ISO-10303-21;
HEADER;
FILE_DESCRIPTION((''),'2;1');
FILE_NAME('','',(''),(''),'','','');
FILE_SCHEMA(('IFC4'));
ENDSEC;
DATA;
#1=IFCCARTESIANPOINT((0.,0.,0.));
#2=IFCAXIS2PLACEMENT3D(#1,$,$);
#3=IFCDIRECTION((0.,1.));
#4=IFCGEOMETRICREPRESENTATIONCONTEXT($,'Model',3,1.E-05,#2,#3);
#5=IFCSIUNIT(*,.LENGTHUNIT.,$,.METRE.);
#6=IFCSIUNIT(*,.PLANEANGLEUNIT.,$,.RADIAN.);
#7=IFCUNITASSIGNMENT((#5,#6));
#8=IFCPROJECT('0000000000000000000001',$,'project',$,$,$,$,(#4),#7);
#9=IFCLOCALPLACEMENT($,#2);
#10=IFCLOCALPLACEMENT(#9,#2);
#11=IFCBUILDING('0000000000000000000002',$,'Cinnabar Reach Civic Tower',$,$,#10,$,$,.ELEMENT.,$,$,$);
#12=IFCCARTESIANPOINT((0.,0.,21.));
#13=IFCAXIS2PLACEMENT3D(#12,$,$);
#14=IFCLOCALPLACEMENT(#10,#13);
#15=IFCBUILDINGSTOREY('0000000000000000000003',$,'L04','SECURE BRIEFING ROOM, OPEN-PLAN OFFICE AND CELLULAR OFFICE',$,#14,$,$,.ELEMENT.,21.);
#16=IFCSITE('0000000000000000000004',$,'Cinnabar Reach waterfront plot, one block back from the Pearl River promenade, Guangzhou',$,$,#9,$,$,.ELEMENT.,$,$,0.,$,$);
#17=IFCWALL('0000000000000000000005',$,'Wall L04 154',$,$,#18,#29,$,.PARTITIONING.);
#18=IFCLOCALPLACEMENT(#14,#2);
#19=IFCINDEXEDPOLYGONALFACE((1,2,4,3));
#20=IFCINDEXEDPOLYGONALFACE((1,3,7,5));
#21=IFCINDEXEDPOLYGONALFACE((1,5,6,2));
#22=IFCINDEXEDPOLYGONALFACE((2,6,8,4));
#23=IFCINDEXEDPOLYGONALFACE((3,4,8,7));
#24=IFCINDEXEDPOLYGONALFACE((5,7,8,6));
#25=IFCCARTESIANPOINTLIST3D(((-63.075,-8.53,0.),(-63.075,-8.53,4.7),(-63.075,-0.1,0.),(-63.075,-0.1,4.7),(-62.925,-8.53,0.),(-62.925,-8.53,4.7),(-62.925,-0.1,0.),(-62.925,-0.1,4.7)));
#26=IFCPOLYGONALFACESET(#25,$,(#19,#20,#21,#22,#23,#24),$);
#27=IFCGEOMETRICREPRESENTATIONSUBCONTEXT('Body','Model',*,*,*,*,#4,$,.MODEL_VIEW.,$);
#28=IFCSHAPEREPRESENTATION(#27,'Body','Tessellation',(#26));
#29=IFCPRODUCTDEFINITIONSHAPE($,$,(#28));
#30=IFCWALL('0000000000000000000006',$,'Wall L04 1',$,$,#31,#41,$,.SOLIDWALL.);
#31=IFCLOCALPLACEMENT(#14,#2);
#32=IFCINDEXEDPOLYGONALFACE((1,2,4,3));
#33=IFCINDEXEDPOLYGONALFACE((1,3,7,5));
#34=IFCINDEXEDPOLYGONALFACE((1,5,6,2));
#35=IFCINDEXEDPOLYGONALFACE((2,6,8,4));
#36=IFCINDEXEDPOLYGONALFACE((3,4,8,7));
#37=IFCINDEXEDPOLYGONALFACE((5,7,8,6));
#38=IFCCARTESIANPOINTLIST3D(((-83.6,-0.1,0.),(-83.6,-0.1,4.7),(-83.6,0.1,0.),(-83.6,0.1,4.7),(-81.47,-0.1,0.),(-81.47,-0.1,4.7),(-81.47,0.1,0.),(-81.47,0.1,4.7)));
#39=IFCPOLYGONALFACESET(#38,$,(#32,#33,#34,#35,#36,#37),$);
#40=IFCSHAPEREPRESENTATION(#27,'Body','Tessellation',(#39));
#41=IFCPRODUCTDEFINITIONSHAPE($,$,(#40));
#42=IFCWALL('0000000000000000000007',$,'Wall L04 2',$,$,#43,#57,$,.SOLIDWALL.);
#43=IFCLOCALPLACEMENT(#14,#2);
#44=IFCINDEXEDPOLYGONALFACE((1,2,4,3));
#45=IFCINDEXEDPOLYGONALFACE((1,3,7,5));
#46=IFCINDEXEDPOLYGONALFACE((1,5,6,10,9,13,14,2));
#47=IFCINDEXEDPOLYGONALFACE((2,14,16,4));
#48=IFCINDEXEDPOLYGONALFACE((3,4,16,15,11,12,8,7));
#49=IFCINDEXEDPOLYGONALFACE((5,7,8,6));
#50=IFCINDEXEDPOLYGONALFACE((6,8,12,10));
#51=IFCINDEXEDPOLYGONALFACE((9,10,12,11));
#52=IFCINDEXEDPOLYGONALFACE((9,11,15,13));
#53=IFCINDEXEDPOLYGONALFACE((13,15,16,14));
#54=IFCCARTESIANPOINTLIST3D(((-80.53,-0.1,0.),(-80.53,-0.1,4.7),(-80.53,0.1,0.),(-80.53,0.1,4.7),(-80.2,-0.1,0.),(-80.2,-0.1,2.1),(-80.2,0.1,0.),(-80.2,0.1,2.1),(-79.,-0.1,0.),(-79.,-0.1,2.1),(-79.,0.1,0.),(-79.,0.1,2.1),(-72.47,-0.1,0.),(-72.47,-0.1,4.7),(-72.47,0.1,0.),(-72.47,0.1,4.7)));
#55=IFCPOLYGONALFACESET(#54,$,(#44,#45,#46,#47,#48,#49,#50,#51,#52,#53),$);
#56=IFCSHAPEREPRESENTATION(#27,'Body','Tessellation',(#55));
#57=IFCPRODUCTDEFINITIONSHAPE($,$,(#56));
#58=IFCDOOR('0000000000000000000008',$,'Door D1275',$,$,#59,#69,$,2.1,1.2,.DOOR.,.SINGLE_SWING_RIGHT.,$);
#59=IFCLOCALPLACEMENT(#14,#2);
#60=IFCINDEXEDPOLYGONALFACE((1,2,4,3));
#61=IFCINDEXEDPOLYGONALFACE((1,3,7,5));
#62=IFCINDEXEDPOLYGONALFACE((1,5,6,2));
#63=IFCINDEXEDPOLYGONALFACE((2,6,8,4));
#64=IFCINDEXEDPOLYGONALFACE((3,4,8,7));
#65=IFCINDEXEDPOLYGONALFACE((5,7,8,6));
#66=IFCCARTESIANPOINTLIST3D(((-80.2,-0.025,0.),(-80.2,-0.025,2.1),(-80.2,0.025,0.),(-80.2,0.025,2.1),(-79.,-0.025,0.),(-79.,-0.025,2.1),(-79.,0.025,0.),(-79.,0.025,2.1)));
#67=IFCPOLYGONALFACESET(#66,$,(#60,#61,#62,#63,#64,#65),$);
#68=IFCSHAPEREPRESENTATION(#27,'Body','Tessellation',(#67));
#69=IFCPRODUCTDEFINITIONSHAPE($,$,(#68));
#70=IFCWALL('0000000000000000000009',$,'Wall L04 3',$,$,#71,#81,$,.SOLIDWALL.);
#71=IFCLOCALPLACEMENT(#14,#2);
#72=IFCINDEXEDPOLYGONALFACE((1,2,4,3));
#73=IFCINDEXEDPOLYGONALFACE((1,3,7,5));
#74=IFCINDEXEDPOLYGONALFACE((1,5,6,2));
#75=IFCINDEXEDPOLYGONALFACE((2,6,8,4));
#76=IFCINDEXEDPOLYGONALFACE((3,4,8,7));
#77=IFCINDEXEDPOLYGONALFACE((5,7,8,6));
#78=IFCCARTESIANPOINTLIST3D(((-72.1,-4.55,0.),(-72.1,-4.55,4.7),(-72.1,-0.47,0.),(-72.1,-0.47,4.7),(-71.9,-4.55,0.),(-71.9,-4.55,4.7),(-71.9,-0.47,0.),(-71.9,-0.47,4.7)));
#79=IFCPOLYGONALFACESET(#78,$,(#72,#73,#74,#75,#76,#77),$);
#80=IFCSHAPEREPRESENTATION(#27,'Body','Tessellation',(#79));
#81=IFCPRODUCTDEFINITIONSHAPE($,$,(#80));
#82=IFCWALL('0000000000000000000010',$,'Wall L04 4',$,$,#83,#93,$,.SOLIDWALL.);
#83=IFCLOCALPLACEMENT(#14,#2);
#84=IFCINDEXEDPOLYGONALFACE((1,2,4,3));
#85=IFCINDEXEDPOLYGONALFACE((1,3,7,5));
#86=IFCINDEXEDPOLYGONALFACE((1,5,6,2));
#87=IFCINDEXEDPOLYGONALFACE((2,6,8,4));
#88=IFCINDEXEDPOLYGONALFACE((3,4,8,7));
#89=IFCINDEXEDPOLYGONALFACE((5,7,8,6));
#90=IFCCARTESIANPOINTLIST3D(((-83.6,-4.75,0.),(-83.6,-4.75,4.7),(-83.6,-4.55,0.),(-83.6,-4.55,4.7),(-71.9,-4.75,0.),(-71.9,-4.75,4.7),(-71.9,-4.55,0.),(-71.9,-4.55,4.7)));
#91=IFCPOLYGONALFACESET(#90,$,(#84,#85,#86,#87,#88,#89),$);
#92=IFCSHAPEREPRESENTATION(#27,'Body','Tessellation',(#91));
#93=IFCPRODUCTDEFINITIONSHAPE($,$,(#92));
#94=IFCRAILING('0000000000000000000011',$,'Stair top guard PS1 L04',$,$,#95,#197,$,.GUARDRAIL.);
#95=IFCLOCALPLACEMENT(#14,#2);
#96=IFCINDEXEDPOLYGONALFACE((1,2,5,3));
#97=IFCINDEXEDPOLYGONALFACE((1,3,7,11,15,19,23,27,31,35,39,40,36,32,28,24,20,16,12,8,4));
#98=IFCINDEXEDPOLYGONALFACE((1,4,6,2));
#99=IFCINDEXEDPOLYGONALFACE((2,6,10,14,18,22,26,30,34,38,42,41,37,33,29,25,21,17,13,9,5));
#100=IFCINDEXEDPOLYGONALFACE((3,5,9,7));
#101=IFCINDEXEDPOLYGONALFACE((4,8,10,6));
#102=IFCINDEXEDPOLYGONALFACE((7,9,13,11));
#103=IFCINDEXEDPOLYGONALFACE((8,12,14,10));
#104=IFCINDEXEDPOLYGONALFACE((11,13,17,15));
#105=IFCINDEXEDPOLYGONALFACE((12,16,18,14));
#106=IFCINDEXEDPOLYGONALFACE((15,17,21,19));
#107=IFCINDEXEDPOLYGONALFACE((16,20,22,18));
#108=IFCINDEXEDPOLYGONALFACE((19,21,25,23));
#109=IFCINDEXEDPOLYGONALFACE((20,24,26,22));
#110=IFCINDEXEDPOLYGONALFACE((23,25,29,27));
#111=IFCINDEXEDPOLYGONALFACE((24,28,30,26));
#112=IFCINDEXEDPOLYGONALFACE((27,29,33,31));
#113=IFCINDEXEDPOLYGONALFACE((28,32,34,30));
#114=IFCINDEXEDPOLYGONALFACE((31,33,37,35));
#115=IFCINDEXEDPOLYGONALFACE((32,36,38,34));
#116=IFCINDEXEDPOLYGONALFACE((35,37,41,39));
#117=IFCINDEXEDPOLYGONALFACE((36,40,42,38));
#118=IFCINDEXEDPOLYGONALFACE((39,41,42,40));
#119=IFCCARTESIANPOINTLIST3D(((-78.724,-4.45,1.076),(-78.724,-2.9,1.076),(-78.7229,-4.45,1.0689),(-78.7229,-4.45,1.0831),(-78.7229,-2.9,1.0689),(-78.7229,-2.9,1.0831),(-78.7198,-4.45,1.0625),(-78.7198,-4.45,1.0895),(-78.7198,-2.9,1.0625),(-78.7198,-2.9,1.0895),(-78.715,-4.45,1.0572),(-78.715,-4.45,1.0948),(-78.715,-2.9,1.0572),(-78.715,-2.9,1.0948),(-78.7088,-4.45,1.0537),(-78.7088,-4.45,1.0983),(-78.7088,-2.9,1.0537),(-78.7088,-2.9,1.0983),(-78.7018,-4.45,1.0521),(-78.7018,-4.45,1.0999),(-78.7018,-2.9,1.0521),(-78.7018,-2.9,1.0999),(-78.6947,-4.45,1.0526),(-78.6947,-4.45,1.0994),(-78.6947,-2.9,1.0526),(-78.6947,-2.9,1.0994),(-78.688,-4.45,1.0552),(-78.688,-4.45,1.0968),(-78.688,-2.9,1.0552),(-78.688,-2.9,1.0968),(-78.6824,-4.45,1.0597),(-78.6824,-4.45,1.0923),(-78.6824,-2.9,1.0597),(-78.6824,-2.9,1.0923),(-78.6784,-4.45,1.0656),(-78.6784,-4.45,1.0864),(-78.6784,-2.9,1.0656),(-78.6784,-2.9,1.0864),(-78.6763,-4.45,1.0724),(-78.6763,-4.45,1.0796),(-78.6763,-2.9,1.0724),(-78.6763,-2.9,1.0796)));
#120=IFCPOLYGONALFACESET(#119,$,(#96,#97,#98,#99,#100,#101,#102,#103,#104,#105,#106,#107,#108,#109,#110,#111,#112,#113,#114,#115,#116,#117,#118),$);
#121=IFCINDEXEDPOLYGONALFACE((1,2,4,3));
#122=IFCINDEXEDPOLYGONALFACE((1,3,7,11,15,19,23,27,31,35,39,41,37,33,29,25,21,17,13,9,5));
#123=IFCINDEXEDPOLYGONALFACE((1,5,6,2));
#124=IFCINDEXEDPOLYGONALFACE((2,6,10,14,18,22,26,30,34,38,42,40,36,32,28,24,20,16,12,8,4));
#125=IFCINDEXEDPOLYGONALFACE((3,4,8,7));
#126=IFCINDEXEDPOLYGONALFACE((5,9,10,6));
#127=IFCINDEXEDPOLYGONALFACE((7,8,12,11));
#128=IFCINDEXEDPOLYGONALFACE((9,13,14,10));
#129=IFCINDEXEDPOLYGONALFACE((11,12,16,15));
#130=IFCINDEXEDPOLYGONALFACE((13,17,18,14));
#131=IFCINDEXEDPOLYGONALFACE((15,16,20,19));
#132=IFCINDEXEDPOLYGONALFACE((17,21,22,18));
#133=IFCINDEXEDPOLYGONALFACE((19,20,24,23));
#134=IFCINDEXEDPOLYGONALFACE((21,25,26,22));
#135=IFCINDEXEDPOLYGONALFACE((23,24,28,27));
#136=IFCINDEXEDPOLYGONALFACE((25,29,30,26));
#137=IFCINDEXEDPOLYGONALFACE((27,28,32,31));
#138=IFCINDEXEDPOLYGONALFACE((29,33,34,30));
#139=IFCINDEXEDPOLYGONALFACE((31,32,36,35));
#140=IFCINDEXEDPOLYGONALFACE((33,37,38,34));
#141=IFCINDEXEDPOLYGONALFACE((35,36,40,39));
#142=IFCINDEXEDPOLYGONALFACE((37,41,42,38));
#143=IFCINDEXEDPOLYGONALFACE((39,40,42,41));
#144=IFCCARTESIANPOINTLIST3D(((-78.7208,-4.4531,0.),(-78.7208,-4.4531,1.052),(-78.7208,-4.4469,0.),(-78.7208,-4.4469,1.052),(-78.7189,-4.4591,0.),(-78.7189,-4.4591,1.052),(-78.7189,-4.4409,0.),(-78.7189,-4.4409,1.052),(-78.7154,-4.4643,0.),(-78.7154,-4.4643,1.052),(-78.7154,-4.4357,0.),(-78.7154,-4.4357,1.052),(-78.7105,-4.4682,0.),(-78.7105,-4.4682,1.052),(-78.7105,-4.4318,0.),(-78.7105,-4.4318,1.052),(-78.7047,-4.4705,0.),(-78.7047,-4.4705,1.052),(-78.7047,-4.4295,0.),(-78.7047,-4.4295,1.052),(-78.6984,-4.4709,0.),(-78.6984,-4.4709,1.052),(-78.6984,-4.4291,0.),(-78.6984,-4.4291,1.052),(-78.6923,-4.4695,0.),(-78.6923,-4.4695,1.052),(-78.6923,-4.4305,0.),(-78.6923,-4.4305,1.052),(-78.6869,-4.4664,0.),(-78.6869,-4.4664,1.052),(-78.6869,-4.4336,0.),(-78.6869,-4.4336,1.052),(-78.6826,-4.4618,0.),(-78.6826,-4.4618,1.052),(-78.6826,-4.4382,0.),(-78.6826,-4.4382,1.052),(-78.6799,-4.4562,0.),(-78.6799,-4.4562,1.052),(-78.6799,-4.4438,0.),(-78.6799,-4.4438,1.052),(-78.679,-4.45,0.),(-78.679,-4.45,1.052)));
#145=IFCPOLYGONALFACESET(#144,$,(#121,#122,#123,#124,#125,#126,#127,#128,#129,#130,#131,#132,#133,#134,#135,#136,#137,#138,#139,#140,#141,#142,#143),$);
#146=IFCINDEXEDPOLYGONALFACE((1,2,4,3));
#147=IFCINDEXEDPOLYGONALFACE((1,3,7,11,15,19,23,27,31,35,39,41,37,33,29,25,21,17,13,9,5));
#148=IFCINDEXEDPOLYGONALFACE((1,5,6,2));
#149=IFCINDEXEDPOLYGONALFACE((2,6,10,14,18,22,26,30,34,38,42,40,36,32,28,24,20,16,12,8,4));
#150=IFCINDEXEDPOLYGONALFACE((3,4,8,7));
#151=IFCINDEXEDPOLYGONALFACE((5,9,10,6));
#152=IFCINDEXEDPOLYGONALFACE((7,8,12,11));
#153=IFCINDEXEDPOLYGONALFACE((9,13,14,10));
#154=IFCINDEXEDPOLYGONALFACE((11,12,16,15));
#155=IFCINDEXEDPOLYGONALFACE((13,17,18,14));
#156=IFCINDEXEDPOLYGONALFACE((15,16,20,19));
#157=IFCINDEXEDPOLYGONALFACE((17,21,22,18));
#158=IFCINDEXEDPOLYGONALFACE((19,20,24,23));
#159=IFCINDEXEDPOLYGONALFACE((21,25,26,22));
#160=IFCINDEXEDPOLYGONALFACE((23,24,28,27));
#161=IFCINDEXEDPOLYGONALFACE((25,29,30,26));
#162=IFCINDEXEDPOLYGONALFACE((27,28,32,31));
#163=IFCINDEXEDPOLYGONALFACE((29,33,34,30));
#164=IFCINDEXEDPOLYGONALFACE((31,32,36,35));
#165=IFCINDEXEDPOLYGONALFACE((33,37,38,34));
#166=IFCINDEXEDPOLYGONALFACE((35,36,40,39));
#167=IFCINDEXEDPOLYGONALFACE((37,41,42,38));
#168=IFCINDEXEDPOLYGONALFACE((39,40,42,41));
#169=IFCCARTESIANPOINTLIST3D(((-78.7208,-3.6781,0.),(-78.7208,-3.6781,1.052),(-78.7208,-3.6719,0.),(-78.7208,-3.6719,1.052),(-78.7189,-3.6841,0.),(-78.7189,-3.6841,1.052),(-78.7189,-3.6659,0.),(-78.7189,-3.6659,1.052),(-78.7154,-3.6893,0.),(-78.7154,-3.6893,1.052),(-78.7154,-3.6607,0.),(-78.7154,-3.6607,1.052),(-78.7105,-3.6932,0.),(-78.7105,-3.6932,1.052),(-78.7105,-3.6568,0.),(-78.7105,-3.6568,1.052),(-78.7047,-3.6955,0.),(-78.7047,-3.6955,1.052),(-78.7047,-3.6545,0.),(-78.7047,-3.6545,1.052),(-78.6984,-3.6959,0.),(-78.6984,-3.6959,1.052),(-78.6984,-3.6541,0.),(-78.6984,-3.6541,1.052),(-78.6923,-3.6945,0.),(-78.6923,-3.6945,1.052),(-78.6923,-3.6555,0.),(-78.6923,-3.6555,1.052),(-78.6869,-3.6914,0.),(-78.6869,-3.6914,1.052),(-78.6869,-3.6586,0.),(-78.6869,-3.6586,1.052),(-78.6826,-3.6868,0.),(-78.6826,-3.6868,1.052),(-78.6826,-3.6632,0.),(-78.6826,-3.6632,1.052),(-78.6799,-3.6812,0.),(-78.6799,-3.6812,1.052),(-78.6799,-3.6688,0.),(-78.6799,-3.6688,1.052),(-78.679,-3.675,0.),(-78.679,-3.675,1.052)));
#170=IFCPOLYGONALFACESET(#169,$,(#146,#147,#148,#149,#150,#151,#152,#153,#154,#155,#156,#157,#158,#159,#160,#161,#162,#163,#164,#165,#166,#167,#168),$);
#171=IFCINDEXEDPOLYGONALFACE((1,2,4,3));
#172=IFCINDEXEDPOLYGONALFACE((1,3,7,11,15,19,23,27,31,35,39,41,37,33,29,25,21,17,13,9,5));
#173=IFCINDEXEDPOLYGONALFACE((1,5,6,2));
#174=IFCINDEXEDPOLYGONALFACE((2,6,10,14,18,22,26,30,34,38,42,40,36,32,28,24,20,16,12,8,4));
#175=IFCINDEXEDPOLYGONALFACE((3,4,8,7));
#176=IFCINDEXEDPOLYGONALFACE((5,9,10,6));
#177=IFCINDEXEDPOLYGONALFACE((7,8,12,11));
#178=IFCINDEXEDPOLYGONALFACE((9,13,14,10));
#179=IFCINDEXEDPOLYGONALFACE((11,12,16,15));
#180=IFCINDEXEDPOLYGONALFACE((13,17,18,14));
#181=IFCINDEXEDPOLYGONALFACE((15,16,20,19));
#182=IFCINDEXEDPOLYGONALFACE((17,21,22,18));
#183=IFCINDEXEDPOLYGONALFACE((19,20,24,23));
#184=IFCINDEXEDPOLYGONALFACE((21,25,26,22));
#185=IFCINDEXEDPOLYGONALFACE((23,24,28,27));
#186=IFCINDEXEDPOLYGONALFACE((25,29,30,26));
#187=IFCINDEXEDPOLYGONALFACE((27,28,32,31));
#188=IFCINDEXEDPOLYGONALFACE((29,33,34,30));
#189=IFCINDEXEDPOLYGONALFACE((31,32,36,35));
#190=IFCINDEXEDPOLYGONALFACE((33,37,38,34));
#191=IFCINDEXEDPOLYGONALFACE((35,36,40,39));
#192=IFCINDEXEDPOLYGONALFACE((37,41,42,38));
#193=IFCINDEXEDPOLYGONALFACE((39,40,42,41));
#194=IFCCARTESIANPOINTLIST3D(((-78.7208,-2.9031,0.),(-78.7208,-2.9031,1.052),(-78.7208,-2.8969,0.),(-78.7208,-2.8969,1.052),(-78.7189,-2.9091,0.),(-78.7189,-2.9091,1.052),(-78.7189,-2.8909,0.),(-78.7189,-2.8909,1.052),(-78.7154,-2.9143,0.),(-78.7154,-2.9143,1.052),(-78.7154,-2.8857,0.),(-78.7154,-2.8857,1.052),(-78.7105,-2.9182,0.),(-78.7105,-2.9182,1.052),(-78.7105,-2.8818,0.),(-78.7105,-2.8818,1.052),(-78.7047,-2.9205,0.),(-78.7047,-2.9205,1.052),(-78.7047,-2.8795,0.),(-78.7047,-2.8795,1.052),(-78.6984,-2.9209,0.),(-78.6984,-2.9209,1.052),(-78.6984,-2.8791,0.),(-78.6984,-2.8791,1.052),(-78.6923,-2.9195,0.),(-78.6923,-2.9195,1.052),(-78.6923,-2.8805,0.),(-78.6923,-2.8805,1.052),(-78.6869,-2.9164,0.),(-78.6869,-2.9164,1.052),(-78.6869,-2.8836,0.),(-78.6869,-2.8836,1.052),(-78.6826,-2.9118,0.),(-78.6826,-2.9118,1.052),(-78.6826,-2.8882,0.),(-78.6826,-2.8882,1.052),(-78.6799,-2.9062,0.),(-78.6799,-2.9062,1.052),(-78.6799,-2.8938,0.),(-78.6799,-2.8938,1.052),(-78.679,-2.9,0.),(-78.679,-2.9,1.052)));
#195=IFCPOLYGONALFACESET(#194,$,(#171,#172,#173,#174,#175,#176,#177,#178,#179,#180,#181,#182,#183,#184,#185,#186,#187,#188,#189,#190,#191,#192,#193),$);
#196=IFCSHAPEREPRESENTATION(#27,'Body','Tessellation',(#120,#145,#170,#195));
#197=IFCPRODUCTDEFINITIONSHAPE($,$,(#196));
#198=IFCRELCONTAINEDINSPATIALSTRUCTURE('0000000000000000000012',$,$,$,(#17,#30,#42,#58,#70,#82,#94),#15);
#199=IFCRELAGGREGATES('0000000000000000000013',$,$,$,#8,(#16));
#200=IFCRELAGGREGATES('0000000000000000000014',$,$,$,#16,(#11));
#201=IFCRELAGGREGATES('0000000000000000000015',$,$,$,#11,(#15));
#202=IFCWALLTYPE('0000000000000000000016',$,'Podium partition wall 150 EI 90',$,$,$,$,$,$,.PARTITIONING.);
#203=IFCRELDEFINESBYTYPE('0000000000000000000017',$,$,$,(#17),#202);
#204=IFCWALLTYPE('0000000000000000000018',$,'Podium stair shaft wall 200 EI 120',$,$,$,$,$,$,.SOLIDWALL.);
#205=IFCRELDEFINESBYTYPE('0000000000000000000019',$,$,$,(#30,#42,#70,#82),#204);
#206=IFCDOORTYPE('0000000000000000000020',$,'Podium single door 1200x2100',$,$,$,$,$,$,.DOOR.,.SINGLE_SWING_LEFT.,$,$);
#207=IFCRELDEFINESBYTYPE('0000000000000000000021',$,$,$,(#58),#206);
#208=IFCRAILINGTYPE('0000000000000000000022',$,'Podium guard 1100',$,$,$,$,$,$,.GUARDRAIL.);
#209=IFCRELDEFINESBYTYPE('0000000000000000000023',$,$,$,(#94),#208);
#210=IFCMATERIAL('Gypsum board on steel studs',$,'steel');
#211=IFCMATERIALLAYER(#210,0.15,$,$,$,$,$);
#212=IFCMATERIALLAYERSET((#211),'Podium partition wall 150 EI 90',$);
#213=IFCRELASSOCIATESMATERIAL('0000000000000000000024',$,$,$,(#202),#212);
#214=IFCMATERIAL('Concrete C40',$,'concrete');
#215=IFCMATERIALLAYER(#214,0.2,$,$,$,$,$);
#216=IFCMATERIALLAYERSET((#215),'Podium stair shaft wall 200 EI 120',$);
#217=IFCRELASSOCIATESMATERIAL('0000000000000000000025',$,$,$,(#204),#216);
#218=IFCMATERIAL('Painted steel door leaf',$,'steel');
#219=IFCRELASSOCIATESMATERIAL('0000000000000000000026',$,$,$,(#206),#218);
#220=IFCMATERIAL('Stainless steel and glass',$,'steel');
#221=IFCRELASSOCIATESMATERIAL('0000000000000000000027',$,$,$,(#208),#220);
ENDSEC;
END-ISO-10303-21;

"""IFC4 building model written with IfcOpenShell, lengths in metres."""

from ifc_helpers import new_model, si_unit, direction, frame, frame_2d, origin, origin_2d, place, context, subcontext, project, spatial, rectangle, circle, extrude, material, layer, layer_set, type_object, element, fill, save


model = new_model("IFC4")

# Units and contexts
model_context = context("Model", 3, precision=1e-05, world=origin(), true_north=direction((0.0, 1.0)))
body_context = subcontext(model_context, "Body", "Model", "MODEL_VIEW")
ifc_project = project(units=[si_unit("LENGTHUNIT", "METRE"), si_unit("PLANEANGLEUNIT", "RADIAN")], contexts=[model_context])

# Site, building, storey
site_placement = place(None, origin())
site = spatial("IfcSite", under=ifc_project, at=site_placement, Name="Cinnabar Reach waterfront plot, one block back from the Pearl River promenade, Guangzhou", CompositionType="ELEMENT", RefElevation=0.0)
building_placement = place(site_placement, origin())
building = spatial("IfcBuilding", under=site, at=building_placement, Name="Cinnabar Reach Civic Tower", CompositionType="ELEMENT")
storey_placement = place(building_placement, frame((0.0, 0.0, 21.0)))
storey = spatial("IfcBuildingStorey", under=building, at=storey_placement, Name="L04", Description="SECURE BRIEFING ROOM, OPEN-PLAN OFFICE AND CELLULAR OFFICE", CompositionType="ELEMENT", Elevation=21.0)

# Shared definitions
ifc_material_1 = material(Name="Painted steel door leaf", Category="steel")

# Walls
ifc_material_2 = material(Name="Gypsum board on steel studs", Category="steel")
ifc_layer_1 = layer(ifc_material_2, 0.15)
ifc_layer_set_1 = layer_set([ifc_layer_1], Name="Podium partition wall 150 EI 90")
wall_type_1 = type_object("IfcWallType", Name="Podium partition wall 150 EI 90", PredefinedType="PARTITIONING", material=ifc_layer_set_1)
wall_1_placement = place(storey_placement, frame((-63.0, -8.53, 0.0), z_axis=(0.0, 0.0, 1.0), x_axis=(0.0, 1.0, 0.0)))
element("IfcWall", 1, at=wall_1_placement, inside=storey, type_object=wall_type_1, Name="Wall L04 154", PredefinedType="PARTITIONING", context=body_context, shape_type="SweptSolid", body=[
    extrude(rectangle(XDim=8.43, YDim=0.15, at=frame_2d((4.215, 0.0))), origin(), (0.0, 0.0, 1.0), 4.7),
])
ifc_material_3 = material(Name="Concrete C40", Category="concrete")
ifc_layer_2 = layer(ifc_material_3, 0.2)
ifc_layer_set_2 = layer_set([ifc_layer_2], Name="Podium stair shaft wall 200 EI 120")
wall_type_2 = type_object("IfcWallType", Name="Podium stair shaft wall 200 EI 120", PredefinedType="SOLIDWALL", material=ifc_layer_set_2)
wall_2_placement = place(storey_placement, frame((-83.6, 0.0, 0.0), z_axis=(0.0, 0.0, 1.0), x_axis=(1.0, 0.0, 0.0)))
element("IfcWall", 2, at=wall_2_placement, inside=storey, type_object=wall_type_2, Name="Wall L04 1", PredefinedType="SOLIDWALL", context=body_context, shape_type="SweptSolid", body=[
    extrude(rectangle(XDim=2.13, YDim=0.2, at=frame_2d((1.065, 0.0))), origin(), (0.0, 0.0, 1.0), 4.7),
])

# Wall, opening, door
wall_3_placement = place(storey_placement, frame((-80.53, 0.0, 0.0), z_axis=(0.0, 0.0, 1.0), x_axis=(1.0, 0.0, 0.0)))
wall_3 = element("IfcWall", 3, at=wall_3_placement, inside=storey, type_object=wall_type_2, Name="Wall L04 2", PredefinedType="SOLIDWALL", context=body_context, shape_type="SweptSolid", body=[
    extrude(rectangle(XDim=8.06, YDim=0.2, at=frame_2d((4.03, 0.0))), origin(), (0.0, 0.0, 1.0), 4.7),
])
opening_1_placement = place(wall_3_placement, frame((0.33, 0.0, 0.0)))
opening_1 = element("IfcOpeningElement", 4, at=opening_1_placement, cuts=wall_3, PredefinedType="OPENING", context=body_context, shape_type="SweptSolid", body=[
    extrude(rectangle(XDim=1.2, YDim=2.1, at=frame_2d((0.6, 1.05))), frame((0.0, 0.11, 0.0), z_axis=(0.0, -1.0, 0.0), x_axis=(1.0, 0.0, 0.0)), (0.0, 0.0, 1.0), 0.22),
])
door_type_1 = type_object("IfcDoorType", Name="Podium single door 1200x2100", OperationType="SINGLE_SWING_LEFT", PredefinedType="DOOR", material=ifc_material_1)
door_1_placement = place(opening_1_placement, frame((1.2, 0.0, 0.0), z_axis=(0.0, 0.0, 1.0), x_axis=(-1.0, 0.0, 0.0)))
door_1 = element("IfcDoor", 5, at=door_1_placement, inside=storey, type_object=door_type_1, Name="Door D1275", OperationType="SINGLE_SWING_RIGHT", OverallHeight=2.1, OverallWidth=1.2, PredefinedType="DOOR", context=body_context, shape_type="SweptSolid", body=[
    extrude(rectangle(XDim=1.2, YDim=2.1, at=frame_2d((0.6, 1.05))), frame((0.0, 0.025, 0.0), z_axis=(0.0, -1.0, 0.0), x_axis=(1.0, 0.0, 0.0)), (0.0, 0.0, 1.0), 0.05),
])
fill(opening_1, door_1)

# Walls
wall_4_placement = place(storey_placement, frame((-72.0, -4.55, 0.0), z_axis=(0.0, 0.0, 1.0), x_axis=(0.0, 1.0, 0.0)))
element("IfcWall", 6, at=wall_4_placement, inside=storey, type_object=wall_type_2, Name="Wall L04 3", PredefinedType="SOLIDWALL", context=body_context, shape_type="SweptSolid", body=[
    extrude(rectangle(XDim=4.08, YDim=0.2, at=frame_2d((2.04, 0.0))), origin(), (0.0, 0.0, 1.0), 4.7),
])
wall_5_placement = place(storey_placement, frame((-83.6, -4.65, 0.0), z_axis=(0.0, 0.0, 1.0), x_axis=(1.0, 0.0, 0.0)))
element("IfcWall", 7, at=wall_5_placement, inside=storey, type_object=wall_type_2, Name="Wall L04 4", PredefinedType="SOLIDWALL", context=body_context, shape_type="SweptSolid", body=[
    extrude(rectangle(XDim=11.7, YDim=0.2, at=frame_2d((5.85, 0.0))), origin(), (0.0, 0.0, 1.0), 4.7),
])

# Railing
ifc_material_4 = material(Name="Stainless steel and glass", Category="steel")
railing_type = type_object("IfcRailingType", Name="Podium guard 1100", PredefinedType="GUARDRAIL", material=ifc_material_4)
railing_1_placement = place(storey_placement, frame((-78.7, -4.45, 0.0)))
element("IfcRailing", 8, at=railing_1_placement, inside=storey, type_object=railing_type, Name="Stair top guard PS1 L04", PredefinedType="GUARDRAIL", context=body_context, shape_type="SweptSolid", body=[
    extrude(circle(Radius=0.024, at=origin_2d()), frame((0.0, 0.0, 1.076), z_axis=(0.0, 1.0, 0.0), x_axis=(-1.0, 0.0, 0.0)), (0.0, 0.0, 1.0), 1.55),
    extrude(circle(Radius=0.021, at=origin_2d()), origin(), (0.0, 0.0, 1.0), 1.052),
    extrude(circle(Radius=0.021, at=origin_2d()), frame((0.0, 0.775, 0.0)), (0.0, 0.0, 1.0), 1.052),
    extrude(circle(Radius=0.021, at=origin_2d()), frame((0.0, 1.55, 0.0)), (0.0, 0.0, 1.0), 1.052),
])

save(model, "model.ifc")
